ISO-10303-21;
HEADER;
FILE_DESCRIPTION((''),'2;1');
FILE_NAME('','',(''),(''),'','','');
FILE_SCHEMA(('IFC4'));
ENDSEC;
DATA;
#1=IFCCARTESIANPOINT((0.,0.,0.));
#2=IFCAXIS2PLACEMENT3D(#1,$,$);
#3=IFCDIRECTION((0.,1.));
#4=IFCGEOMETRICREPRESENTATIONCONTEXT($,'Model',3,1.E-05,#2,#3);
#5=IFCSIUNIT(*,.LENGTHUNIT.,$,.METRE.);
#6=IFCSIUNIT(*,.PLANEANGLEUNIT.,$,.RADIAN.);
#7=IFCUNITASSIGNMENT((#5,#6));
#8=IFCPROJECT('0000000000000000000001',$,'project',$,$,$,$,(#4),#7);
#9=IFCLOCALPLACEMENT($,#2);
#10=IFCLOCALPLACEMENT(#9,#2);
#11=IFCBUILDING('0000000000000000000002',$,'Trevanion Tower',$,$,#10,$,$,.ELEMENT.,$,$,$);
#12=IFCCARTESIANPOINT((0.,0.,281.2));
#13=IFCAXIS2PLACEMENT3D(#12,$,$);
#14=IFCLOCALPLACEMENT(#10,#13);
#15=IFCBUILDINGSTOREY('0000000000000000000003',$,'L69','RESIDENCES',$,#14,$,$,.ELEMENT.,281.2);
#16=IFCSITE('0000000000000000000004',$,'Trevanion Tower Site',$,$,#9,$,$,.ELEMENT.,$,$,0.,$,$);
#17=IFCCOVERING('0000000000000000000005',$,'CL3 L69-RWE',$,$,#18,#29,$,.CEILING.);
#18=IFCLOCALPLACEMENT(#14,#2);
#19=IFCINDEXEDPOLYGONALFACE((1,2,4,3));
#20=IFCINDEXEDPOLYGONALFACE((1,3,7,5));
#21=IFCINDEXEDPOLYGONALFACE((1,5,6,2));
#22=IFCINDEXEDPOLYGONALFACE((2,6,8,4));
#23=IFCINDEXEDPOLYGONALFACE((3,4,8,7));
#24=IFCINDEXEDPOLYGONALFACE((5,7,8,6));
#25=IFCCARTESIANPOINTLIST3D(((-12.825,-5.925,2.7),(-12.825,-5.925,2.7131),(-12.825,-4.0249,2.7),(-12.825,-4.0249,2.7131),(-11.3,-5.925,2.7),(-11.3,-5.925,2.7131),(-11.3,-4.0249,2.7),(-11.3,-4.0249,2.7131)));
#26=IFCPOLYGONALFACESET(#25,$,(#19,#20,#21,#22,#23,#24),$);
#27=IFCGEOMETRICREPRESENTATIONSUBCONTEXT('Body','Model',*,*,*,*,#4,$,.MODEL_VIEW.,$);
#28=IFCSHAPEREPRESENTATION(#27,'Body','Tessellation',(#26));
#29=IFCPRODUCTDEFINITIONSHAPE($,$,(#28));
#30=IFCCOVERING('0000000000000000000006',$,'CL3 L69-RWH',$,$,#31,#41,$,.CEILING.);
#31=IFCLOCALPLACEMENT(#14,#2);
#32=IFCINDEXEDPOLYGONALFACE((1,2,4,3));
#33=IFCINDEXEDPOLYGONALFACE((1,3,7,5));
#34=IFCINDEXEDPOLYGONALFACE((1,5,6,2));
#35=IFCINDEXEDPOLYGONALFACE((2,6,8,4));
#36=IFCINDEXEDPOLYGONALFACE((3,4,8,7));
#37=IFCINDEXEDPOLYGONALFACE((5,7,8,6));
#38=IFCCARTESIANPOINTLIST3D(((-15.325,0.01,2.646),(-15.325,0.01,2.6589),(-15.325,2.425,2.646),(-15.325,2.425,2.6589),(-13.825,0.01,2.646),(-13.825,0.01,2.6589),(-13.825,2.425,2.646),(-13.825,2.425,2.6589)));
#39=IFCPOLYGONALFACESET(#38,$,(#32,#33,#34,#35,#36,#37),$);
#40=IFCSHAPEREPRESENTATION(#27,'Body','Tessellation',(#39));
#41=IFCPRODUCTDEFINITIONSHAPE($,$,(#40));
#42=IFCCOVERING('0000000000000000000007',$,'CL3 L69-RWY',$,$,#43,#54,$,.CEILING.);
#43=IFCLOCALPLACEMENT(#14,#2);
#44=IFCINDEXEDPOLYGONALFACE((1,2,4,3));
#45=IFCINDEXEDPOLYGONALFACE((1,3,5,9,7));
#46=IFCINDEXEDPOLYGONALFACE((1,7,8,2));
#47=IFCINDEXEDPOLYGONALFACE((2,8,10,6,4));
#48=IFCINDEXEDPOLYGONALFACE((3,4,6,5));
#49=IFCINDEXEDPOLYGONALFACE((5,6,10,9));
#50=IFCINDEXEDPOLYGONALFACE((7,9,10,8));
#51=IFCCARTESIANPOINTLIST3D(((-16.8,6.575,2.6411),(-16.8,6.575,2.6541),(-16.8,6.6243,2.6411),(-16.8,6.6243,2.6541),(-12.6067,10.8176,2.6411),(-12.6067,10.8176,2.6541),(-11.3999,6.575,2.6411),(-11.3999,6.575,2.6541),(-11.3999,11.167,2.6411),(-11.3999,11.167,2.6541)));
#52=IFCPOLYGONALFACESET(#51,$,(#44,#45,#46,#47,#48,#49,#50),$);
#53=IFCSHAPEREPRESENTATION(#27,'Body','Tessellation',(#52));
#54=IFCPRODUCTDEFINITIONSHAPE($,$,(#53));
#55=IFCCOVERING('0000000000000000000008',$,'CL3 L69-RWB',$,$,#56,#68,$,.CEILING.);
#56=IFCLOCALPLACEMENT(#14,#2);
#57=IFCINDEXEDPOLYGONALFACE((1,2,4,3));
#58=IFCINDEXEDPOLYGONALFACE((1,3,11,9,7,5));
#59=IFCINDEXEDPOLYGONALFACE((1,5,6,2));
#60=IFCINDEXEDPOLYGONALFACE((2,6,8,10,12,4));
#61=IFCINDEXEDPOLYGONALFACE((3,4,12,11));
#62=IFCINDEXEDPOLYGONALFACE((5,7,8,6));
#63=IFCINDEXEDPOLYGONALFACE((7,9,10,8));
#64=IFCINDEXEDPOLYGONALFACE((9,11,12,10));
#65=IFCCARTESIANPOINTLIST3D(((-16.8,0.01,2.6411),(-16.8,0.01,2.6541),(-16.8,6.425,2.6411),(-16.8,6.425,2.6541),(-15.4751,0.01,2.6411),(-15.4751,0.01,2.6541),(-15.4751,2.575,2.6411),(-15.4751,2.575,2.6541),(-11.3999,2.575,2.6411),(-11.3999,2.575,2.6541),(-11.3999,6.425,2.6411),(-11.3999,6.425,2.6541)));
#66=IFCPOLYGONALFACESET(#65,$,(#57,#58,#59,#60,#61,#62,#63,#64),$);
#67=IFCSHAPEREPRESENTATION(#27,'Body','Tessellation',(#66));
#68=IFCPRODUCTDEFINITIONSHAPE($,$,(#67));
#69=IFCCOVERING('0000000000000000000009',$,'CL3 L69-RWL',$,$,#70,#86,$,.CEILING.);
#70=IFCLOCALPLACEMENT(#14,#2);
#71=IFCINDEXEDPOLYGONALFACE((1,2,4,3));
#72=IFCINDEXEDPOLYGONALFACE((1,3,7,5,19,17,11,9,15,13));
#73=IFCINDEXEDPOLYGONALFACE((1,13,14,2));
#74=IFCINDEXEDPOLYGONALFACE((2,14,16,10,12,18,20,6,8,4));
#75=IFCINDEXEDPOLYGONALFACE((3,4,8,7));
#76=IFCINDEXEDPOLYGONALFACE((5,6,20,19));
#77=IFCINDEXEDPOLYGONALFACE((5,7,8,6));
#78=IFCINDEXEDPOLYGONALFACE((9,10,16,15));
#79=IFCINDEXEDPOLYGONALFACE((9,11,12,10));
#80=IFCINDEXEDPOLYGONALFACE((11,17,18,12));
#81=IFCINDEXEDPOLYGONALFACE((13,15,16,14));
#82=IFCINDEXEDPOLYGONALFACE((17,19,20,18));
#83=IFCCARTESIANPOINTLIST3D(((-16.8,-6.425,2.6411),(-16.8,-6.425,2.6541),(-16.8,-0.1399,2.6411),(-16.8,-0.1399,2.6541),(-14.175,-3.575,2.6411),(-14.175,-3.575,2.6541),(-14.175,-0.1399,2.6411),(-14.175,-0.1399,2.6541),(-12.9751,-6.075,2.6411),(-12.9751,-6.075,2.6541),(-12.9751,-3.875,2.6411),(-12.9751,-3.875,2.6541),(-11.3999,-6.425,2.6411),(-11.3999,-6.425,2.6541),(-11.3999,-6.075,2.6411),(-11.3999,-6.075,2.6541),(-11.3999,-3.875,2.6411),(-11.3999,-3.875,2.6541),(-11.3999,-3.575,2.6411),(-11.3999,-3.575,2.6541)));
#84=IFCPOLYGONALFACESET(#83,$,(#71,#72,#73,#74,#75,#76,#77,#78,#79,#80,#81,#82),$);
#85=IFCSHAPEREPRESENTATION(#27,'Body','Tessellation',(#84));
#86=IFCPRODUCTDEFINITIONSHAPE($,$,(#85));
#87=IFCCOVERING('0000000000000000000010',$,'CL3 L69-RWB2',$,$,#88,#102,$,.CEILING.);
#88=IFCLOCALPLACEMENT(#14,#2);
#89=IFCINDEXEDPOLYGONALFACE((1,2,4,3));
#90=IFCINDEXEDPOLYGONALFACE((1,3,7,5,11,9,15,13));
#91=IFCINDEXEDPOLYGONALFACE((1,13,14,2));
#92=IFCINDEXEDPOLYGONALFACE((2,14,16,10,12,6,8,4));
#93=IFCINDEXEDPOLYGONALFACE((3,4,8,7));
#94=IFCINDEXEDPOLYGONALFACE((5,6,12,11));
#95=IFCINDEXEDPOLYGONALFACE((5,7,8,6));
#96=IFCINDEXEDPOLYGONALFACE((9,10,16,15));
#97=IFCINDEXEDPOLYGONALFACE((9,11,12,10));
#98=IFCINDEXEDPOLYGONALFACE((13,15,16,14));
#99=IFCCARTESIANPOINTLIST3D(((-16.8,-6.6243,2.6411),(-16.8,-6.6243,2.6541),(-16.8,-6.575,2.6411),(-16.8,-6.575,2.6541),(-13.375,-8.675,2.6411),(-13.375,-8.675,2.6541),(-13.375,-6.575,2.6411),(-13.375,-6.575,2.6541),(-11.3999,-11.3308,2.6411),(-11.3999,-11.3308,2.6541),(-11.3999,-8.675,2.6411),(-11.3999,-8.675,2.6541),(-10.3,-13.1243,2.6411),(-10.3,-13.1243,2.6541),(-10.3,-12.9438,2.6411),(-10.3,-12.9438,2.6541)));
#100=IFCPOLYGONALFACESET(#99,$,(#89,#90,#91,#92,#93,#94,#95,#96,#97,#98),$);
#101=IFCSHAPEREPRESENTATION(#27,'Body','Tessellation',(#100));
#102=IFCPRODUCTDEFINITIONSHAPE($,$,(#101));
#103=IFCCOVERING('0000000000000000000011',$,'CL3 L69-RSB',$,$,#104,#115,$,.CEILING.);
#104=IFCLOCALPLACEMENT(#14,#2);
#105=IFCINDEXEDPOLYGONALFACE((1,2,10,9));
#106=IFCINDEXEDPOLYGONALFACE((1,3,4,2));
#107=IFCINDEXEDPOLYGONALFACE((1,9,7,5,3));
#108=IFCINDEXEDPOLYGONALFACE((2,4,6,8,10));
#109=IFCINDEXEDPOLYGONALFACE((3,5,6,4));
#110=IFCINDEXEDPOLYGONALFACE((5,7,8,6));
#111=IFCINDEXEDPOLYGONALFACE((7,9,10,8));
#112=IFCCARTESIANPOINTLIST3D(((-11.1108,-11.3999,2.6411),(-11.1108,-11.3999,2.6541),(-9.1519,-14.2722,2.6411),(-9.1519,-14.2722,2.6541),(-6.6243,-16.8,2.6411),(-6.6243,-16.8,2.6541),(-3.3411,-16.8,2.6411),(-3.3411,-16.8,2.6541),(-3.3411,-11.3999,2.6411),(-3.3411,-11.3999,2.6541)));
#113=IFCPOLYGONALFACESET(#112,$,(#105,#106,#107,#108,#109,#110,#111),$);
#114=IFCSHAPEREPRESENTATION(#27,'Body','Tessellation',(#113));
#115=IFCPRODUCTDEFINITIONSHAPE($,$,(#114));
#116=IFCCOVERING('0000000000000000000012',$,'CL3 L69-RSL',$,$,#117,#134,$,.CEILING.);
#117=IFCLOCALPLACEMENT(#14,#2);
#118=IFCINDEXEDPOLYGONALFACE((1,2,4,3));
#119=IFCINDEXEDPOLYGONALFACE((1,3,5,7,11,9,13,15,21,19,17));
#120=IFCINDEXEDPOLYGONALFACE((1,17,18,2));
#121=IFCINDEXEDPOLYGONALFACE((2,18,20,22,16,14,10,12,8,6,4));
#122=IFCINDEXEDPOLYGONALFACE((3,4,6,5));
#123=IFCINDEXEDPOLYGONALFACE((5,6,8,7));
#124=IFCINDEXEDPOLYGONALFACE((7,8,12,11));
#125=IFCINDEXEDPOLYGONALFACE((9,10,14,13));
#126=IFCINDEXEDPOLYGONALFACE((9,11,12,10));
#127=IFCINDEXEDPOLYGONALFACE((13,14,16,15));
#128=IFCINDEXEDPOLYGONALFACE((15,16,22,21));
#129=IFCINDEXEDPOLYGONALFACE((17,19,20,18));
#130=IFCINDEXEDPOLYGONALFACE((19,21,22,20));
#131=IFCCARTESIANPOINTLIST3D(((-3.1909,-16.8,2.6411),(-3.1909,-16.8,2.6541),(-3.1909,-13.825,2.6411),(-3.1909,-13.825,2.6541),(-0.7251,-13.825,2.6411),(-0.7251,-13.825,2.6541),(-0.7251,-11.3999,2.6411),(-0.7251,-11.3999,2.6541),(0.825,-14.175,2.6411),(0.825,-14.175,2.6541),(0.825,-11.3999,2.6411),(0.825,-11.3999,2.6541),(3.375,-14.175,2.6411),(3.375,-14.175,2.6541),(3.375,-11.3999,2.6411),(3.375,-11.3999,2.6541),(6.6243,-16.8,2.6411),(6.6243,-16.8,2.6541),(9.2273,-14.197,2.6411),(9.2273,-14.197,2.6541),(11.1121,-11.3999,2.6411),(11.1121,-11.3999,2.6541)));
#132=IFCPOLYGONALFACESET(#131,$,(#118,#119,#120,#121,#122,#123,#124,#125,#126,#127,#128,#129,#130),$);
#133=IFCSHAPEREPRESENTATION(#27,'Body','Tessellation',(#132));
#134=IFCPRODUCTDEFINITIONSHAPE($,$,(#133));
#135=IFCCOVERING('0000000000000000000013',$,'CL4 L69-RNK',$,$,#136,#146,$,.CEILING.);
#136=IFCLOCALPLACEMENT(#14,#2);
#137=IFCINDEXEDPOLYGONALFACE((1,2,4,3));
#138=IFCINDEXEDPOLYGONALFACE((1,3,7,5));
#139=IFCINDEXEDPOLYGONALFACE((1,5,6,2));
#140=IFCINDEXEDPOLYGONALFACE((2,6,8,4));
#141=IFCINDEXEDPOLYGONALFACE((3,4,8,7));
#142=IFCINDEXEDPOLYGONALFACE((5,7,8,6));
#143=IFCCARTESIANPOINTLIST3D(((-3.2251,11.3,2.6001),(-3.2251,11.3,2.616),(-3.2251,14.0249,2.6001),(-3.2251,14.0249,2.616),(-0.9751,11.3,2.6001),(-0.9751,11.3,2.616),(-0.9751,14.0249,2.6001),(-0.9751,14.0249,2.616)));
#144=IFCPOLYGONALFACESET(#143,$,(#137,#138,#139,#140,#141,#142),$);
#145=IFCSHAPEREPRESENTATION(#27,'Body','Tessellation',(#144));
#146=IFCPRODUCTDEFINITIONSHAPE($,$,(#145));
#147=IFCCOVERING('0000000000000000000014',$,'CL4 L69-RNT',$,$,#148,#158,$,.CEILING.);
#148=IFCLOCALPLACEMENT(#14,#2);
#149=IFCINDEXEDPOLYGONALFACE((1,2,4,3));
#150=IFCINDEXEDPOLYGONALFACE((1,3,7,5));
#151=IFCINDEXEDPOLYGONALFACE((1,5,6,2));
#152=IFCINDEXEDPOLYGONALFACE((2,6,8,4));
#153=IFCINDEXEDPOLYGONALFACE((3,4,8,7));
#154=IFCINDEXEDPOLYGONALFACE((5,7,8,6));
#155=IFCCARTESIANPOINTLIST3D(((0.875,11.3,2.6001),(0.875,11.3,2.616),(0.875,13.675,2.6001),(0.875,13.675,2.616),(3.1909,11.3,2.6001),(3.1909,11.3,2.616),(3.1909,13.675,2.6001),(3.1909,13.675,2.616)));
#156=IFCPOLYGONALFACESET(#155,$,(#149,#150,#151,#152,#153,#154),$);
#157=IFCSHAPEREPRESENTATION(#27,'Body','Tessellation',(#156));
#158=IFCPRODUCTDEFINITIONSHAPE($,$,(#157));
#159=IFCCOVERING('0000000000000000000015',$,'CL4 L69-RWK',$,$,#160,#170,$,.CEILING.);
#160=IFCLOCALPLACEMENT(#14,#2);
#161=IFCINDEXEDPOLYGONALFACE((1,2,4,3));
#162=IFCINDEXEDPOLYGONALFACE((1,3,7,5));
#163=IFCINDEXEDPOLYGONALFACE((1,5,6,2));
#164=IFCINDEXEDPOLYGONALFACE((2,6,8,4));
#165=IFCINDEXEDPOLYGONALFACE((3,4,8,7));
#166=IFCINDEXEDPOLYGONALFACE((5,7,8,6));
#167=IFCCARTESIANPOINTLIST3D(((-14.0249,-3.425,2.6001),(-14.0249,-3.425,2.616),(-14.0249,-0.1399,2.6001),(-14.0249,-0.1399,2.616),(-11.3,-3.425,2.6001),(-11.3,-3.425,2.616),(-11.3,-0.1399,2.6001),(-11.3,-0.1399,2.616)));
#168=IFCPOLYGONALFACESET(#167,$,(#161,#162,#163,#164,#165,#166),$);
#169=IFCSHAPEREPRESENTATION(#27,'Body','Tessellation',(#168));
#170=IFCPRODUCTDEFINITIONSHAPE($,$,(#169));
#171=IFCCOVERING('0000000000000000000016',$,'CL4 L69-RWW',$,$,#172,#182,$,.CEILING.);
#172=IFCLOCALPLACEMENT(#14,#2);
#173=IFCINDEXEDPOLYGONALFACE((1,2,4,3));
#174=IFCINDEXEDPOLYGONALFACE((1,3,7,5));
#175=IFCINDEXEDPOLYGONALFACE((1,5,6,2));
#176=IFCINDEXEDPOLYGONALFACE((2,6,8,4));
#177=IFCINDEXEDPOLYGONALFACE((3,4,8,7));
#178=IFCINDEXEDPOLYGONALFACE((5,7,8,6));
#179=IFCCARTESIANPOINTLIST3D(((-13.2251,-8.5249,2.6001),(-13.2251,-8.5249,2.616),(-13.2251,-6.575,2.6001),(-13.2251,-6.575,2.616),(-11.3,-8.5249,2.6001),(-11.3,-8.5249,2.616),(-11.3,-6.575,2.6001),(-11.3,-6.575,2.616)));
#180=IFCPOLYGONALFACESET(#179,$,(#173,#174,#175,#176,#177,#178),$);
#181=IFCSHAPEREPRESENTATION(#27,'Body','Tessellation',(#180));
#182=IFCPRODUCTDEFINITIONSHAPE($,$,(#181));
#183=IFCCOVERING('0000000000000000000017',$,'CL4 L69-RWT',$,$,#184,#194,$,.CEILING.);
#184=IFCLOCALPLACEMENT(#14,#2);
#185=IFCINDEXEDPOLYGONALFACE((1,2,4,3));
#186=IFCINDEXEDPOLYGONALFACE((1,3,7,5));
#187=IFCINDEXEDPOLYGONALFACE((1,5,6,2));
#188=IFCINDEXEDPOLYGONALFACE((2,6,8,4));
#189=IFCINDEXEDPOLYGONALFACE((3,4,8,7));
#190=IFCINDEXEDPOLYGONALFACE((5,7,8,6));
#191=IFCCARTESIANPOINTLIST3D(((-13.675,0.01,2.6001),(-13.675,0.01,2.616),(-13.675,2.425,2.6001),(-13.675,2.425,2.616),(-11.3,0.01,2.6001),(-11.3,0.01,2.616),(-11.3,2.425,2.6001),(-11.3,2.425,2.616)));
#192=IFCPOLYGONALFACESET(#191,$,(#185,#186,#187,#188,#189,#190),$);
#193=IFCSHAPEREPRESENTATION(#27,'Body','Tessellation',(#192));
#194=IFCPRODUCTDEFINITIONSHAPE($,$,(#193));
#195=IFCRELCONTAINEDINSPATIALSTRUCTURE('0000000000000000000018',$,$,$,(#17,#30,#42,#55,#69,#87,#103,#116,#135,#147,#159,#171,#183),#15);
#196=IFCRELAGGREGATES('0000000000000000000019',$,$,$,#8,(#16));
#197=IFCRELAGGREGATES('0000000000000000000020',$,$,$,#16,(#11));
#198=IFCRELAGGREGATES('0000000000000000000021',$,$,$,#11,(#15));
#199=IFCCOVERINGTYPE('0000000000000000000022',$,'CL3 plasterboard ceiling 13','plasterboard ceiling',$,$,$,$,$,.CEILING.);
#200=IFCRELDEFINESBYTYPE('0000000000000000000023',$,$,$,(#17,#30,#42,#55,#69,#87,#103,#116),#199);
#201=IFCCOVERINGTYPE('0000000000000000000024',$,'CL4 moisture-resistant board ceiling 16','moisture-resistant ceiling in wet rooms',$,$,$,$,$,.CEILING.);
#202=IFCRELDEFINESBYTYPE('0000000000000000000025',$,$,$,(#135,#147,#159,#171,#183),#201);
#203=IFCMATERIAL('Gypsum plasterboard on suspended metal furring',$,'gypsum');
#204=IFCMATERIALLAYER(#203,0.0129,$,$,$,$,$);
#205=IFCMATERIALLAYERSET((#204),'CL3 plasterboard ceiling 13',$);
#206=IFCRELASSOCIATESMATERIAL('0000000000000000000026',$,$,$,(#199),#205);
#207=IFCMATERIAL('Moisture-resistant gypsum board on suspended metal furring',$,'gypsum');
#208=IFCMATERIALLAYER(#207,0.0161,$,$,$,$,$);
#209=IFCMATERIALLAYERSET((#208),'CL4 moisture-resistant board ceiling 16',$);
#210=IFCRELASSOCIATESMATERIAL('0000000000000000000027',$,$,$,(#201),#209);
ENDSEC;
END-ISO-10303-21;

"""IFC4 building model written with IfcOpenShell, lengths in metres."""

from ifc_helpers import new_model, si_unit, direction, frame, origin, place, context, subcontext, project, spatial, polyline, outline, extrude, material, layer, layer_set, type_object, element, save


model = new_model("IFC4")

# Units and contexts
model_context = context("Model", 3, precision=1e-05, world=origin(), true_north=direction((0.0, 1.0)))
body_context = subcontext(model_context, "Body", "Model", "MODEL_VIEW")
ifc_project = project(units=[si_unit("LENGTHUNIT", "METRE"), si_unit("PLANEANGLEUNIT", "RADIAN")], contexts=[model_context])

# Site, building, storey
site_placement = place(None, origin())
site = spatial("IfcSite", under=ifc_project, at=site_placement, Name="Trevanion Tower Site", CompositionType="ELEMENT", RefElevation=0.0)
building_placement = place(site_placement, origin())
building = spatial("IfcBuilding", under=site, at=building_placement, Name="Trevanion Tower", CompositionType="ELEMENT")
storey_placement = place(building_placement, frame((0.0, 0.0, 281.2)))
storey = spatial("IfcBuildingStorey", under=building, at=storey_placement, Name="L69", Description="RESIDENCES", CompositionType="ELEMENT", Elevation=281.2)

# Coverings
ifc_material_1 = material(Name="Gypsum plasterboard on suspended metal furring", Category="gypsum")
ifc_layer_1 = layer(ifc_material_1, 0.0129)
ifc_layer_set_1 = layer_set([ifc_layer_1], Name="CL3 plasterboard ceiling 13")
covering_type_1 = type_object("IfcCoveringType", Name="CL3 plasterboard ceiling 13", Description="plasterboard ceiling", PredefinedType="CEILING", material=ifc_layer_set_1)
covering_1_placement = place(storey_placement, frame((0.0, 0.0, 2.7)))
element("IfcCovering", 1, at=covering_1_placement, inside=storey, type_object=covering_type_1, Name="CL3 L69-RWE", PredefinedType="CEILING", context=body_context, shape_type="SweptSolid", body=[
    extrude(outline(polyline([(-12.825, -4.0249), (-12.825, -5.925), (-11.3, -5.925), (-11.3, -4.0249), (-12.825, -4.0249)])), origin(), (0.0, 0.0, 1.0), 0.0132),
])
covering_2_placement = place(storey_placement, frame((0.0, 0.0, 2.646)))
element("IfcCovering", 2, at=covering_2_placement, inside=storey, type_object=covering_type_1, Name="CL3 L69-RWH", PredefinedType="CEILING", context=body_context, shape_type="SweptSolid", body=[
    extrude(outline(polyline([(-15.325, 2.425), (-15.325, 0.01), (-13.825, 0.01), (-13.825, 2.425), (-15.325, 2.425)])), origin(), (0.0, 0.0, 1.0), 0.0129),
])
covering_3_placement = place(storey_placement, frame((0.0, 0.0, 2.6411)))
element("IfcCovering", 3, at=covering_3_placement, inside=storey, type_object=covering_type_1, Name="CL3 L69-RWY", PredefinedType="CEILING", context=body_context, shape_type="SweptSolid", body=[
    extrude(outline(polyline([(-12.6067, 10.8176), (-11.3999, 11.167), (-11.3999, 6.575), (-16.8, 6.575), (-16.8, 6.6243), (-12.6067, 10.8176)])), origin(), (0.0, 0.0, 1.0), 0.0129),
])
covering_4_placement = place(storey_placement, frame((0.0, 0.0, 2.6411)))
element("IfcCovering", 4, at=covering_4_placement, inside=storey, type_object=covering_type_1, Name="CL3 L69-RWB", PredefinedType="CEILING", context=body_context, shape_type="SweptSolid", body=[
    extrude(outline(polyline([(-11.3999, 6.425), (-11.3999, 2.575), (-15.4751, 2.575), (-15.4751, 0.01), (-16.8, 0.01), (-16.8, 6.425), (-11.3999, 6.425)])), origin(), (0.0, 0.0, 1.0), 0.0129),
])
covering_5_placement = place(storey_placement, frame((0.0, 0.0, 2.6411)))
element("IfcCovering", 5, at=covering_5_placement, inside=storey, type_object=covering_type_1, Name="CL3 L69-RWL", PredefinedType="CEILING", context=body_context, shape_type="SweptSolid", body=[
    extrude(outline(polyline([(-14.175, -0.1399), (-14.175, -3.575), (-11.3999, -3.575), (-11.3999, -3.875), (-12.9751, -3.875), (-12.9751, -6.075), (-11.3999, -6.075), (-11.3999, -6.425), (-16.8, -6.425), (-16.8, -0.1399), (-14.175, -0.1399)])), origin(), (0.0, 0.0, 1.0), 0.0129),
])
covering_6_placement = place(storey_placement, frame((0.0, 0.0, 2.6411)))
element("IfcCovering", 6, at=covering_6_placement, inside=storey, type_object=covering_type_1, Name="CL3 L69-RWB2", PredefinedType="CEILING", context=body_context, shape_type="SweptSolid", body=[
    extrude(outline(polyline([(-13.375, -6.575), (-13.375, -8.675), (-11.3999, -8.675), (-11.3999, -11.3308), (-10.3, -12.9438), (-10.3, -13.1243), (-16.8, -6.6243), (-16.8, -6.575), (-13.375, -6.575)])), origin(), (0.0, 0.0, 1.0), 0.0129),
])
covering_7_placement = place(storey_placement, frame((0.0, 0.0, 2.6411)))
element("IfcCovering", 7, at=covering_7_placement, inside=storey, type_object=covering_type_1, Name="CL3 L69-RSB", PredefinedType="CEILING", context=body_context, shape_type="SweptSolid", body=[
    extrude(outline(polyline([(-11.1108, -11.3999), (-3.3411, -11.3999), (-3.3411, -16.8), (-6.6243, -16.8), (-9.1519, -14.2722), (-11.1108, -11.3999)])), origin(), (0.0, 0.0, 1.0), 0.0129),
])
covering_8_placement = place(storey_placement, frame((0.0, 0.0, 2.6411)))
element("IfcCovering", 8, at=covering_8_placement, inside=storey, type_object=covering_type_1, Name="CL3 L69-RSL", PredefinedType="CEILING", context=body_context, shape_type="SweptSolid", body=[
    extrude(outline(polyline([(9.2273, -14.197), (6.6243, -16.8), (-3.1909, -16.8), (-3.1909, -13.825), (-0.7251, -13.825), (-0.7251, -11.3999), (0.825, -11.3999), (0.825, -14.175), (3.375, -14.175), (3.375, -11.3999), (11.1121, -11.3999), (9.2273, -14.197)])), origin(), (0.0, 0.0, 1.0), 0.0129),
])
ifc_material_2 = material(Name="Moisture-resistant gypsum board on suspended metal furring", Category="gypsum")
ifc_layer_2 = layer(ifc_material_2, 0.0161)
ifc_layer_set_2 = layer_set([ifc_layer_2], Name="CL4 moisture-resistant board ceiling 16")
covering_type_2 = type_object("IfcCoveringType", Name="CL4 moisture-resistant board ceiling 16", Description="moisture-resistant ceiling in wet rooms", PredefinedType="CEILING", material=ifc_layer_set_2)
covering_9_placement = place(storey_placement, frame((0.0, 0.0, 2.6001)))
element("IfcCovering", 9, at=covering_9_placement, inside=storey, type_object=covering_type_2, Name="CL4 L69-RNK", PredefinedType="CEILING", context=body_context, shape_type="SweptSolid", body=[
    extrude(outline(polyline([(-0.9751, 14.0249), (-3.2251, 14.0249), (-3.2251, 11.3), (-0.9751, 11.3), (-0.9751, 14.0249)])), origin(), (0.0, 0.0, 1.0), 0.0159),
])
covering_10_placement = place(storey_placement, frame((0.0, 0.0, 2.6001)))
element("IfcCovering", 10, at=covering_10_placement, inside=storey, type_object=covering_type_2, Name="CL4 L69-RNT", PredefinedType="CEILING", context=body_context, shape_type="SweptSolid", body=[
    extrude(outline(polyline([(3.1909, 13.675), (0.875, 13.675), (0.875, 11.3), (3.1909, 11.3), (3.1909, 13.675)])), origin(), (0.0, 0.0, 1.0), 0.0159),
])
covering_11_placement = place(storey_placement, frame((0.0, 0.0, 2.6001)))
element("IfcCovering", 11, at=covering_11_placement, inside=storey, type_object=covering_type_2, Name="CL4 L69-RWK", PredefinedType="CEILING", context=body_context, shape_type="SweptSolid", body=[
    extrude(outline(polyline([(-14.0249, -0.1399), (-14.0249, -3.425), (-11.3, -3.425), (-11.3, -0.1399), (-14.0249, -0.1399)])), origin(), (0.0, 0.0, 1.0), 0.0159),
])
covering_12_placement = place(storey_placement, frame((0.0, 0.0, 2.6001)))
element("IfcCovering", 12, at=covering_12_placement, inside=storey, type_object=covering_type_2, Name="CL4 L69-RWW", PredefinedType="CEILING", context=body_context, shape_type="SweptSolid", body=[
    extrude(outline(polyline([(-13.2251, -6.575), (-13.2251, -8.5249), (-11.3, -8.5249), (-11.3, -6.575), (-13.2251, -6.575)])), origin(), (0.0, 0.0, 1.0), 0.0159),
])
covering_13_placement = place(storey_placement, frame((0.0, 0.0, 2.6001)))
element("IfcCovering", 13, at=covering_13_placement, inside=storey, type_object=covering_type_2, Name="CL4 L69-RWT", PredefinedType="CEILING", context=body_context, shape_type="SweptSolid", body=[
    extrude(outline(polyline([(-13.675, 2.425), (-13.675, 0.01), (-11.3, 0.01), (-11.3, 2.425), (-13.675, 2.425)])), origin(), (0.0, 0.0, 1.0), 0.0159),
])

save(model, "model.ifc")
